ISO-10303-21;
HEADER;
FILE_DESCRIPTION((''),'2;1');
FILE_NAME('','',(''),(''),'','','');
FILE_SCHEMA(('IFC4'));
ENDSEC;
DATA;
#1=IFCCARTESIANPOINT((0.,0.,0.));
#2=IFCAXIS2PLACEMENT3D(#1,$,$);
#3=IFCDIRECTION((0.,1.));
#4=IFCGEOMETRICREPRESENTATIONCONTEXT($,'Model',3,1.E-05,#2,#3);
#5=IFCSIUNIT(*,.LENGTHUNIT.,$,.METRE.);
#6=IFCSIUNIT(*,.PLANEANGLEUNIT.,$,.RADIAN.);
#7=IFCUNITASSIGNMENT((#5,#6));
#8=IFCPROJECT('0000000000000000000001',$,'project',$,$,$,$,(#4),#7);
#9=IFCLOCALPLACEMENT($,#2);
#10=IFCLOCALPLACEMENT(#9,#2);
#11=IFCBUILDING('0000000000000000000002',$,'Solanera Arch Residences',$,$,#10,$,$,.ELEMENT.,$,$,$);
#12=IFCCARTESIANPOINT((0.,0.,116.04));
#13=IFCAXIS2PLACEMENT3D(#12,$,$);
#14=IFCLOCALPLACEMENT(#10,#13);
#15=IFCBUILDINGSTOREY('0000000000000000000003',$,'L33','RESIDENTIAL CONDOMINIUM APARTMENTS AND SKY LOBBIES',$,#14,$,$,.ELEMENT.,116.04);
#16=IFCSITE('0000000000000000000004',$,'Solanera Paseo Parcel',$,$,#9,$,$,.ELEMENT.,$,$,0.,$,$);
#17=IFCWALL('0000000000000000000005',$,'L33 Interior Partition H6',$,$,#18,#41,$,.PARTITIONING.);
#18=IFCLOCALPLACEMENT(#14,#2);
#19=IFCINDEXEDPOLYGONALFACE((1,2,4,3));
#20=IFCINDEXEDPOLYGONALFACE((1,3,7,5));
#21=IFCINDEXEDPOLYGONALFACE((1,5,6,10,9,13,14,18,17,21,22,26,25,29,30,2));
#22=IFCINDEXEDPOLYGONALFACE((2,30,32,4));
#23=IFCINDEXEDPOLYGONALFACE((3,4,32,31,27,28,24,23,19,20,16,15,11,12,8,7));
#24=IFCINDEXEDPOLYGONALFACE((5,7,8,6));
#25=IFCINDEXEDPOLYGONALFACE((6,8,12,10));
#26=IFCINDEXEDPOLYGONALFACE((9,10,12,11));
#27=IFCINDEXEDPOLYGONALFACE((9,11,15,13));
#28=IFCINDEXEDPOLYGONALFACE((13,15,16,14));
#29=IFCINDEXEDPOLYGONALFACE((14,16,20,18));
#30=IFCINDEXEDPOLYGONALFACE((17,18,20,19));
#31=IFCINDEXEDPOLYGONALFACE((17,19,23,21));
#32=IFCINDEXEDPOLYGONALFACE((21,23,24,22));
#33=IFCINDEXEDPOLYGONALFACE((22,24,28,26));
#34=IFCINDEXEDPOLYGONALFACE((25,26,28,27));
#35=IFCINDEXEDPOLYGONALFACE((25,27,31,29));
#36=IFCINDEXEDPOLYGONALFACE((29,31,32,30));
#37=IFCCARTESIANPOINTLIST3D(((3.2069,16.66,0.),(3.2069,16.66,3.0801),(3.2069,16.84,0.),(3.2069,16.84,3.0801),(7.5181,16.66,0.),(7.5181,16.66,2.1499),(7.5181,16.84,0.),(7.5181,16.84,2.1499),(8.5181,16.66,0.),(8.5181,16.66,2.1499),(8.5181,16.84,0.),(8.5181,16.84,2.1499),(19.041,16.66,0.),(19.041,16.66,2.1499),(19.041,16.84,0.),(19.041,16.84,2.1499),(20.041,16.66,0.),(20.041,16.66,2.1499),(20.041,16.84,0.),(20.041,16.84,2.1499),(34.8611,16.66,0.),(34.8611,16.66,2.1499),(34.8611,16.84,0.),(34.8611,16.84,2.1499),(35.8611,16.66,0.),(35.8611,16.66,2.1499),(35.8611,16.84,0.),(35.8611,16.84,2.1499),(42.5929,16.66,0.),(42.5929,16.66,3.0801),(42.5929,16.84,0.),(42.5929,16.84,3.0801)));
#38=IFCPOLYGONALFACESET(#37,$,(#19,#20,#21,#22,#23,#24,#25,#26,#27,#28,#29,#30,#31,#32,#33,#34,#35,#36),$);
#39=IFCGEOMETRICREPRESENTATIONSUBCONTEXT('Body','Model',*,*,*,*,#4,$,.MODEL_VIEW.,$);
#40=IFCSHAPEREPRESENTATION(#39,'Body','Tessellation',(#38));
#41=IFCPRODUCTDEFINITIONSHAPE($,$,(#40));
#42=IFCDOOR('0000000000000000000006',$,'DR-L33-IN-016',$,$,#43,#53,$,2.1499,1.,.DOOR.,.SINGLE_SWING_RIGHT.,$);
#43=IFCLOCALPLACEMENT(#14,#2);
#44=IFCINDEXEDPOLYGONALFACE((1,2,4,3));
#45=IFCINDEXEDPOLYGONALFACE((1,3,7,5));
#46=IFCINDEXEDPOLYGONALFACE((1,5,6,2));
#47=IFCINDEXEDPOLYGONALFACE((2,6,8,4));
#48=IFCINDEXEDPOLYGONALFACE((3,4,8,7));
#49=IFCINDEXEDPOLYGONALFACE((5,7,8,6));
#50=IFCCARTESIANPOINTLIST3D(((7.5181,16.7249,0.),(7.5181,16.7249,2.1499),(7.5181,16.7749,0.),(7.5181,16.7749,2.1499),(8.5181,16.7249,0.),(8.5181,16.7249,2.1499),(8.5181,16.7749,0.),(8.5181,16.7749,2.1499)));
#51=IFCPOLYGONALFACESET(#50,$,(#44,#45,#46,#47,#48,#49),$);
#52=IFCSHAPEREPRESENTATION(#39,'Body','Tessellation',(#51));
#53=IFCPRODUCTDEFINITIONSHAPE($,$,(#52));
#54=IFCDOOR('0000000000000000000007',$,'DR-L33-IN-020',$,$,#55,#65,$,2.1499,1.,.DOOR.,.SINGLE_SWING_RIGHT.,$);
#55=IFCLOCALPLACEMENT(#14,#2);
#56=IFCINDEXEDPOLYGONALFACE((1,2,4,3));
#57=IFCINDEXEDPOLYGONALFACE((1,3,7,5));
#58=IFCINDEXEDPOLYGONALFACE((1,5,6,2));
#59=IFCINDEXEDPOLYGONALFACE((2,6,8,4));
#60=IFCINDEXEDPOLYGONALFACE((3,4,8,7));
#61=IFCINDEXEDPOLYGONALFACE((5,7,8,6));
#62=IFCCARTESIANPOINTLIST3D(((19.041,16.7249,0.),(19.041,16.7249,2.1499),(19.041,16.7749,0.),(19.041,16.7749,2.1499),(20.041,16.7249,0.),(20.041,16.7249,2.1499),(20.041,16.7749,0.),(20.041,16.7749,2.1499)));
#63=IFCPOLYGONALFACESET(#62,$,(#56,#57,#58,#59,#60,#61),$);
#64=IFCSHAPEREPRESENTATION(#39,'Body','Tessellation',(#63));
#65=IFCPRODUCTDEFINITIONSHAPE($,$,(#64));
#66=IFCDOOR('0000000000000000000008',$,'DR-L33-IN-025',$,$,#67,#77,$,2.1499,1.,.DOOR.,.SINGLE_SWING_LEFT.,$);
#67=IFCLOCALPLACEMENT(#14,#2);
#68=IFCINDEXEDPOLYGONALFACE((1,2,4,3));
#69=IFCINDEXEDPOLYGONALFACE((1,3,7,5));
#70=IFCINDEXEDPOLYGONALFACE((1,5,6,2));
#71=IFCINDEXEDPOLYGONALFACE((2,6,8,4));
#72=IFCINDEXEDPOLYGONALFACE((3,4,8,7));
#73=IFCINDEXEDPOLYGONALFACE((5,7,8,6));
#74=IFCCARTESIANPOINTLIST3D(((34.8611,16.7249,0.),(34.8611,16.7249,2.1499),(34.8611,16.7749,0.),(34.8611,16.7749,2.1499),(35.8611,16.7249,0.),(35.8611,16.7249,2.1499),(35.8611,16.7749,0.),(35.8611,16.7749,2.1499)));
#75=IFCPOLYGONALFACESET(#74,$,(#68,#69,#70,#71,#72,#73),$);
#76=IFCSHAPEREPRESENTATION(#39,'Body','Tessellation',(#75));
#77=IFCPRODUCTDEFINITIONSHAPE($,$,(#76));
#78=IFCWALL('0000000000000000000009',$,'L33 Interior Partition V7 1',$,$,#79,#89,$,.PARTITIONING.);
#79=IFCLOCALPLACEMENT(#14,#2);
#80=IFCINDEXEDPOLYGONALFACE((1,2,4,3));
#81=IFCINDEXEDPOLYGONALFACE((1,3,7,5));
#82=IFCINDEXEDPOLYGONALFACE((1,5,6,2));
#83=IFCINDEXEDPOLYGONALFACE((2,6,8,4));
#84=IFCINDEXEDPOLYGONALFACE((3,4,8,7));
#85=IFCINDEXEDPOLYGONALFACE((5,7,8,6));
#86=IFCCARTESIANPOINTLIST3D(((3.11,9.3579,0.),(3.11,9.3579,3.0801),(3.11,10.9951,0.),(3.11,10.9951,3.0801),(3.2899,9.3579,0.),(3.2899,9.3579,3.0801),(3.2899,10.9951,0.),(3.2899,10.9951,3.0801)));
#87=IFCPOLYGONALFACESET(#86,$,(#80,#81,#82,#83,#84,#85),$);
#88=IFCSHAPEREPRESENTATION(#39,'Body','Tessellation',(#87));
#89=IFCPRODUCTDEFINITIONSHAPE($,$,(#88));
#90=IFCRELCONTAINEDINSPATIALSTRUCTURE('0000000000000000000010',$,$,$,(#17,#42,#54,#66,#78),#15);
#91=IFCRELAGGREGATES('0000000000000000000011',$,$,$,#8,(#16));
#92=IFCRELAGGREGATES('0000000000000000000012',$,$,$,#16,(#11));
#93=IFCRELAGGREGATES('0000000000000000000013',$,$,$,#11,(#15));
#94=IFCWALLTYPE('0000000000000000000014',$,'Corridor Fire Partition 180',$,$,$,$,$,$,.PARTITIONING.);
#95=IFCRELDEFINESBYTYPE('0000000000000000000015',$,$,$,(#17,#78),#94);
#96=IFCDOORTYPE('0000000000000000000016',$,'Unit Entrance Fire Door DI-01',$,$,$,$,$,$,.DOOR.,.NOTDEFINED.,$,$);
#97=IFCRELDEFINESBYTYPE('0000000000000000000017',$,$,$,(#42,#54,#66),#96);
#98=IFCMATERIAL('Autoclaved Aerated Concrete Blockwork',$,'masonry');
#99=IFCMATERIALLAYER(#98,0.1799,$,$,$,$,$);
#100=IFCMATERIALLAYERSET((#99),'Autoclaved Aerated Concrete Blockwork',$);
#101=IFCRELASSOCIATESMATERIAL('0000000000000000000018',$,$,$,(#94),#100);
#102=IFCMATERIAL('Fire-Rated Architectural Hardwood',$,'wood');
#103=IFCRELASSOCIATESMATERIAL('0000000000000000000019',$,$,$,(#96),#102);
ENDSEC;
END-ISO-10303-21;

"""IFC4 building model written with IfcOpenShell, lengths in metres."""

from ifc_helpers import new_model, si_unit, direction, frame, frame_2d, origin, place, context, subcontext, project, spatial, rectangle, extrude, material, layer, layer_set, type_object, element, fill, save


model = new_model("IFC4")

# Units and contexts
model_context = context("Model", 3, precision=1e-05, world=origin(), true_north=direction((0.0, 1.0)))
body_context = subcontext(model_context, "Body", "Model", "MODEL_VIEW")
ifc_project = project(units=[si_unit("LENGTHUNIT", "METRE"), si_unit("PLANEANGLEUNIT", "RADIAN")], contexts=[model_context])

# Site, building, storey
site_placement = place(None, origin())
site = spatial("IfcSite", under=ifc_project, at=site_placement, Name="Solanera Paseo Parcel", CompositionType="ELEMENT", RefElevation=0.0)
building_placement = place(site_placement, origin())
building = spatial("IfcBuilding", under=site, at=building_placement, Name="Solanera Arch Residences", CompositionType="ELEMENT")
storey_placement = place(building_placement, frame((0.0, 0.0, 116.04)))
storey = spatial("IfcBuildingStorey", under=building, at=storey_placement, Name="L33", Description="RESIDENTIAL CONDOMINIUM APARTMENTS AND SKY LOBBIES", CompositionType="ELEMENT", Elevation=116.04)

# Wall, openings, doors
ifc_material_1 = material(Name="Autoclaved Aerated Concrete Blockwork", Category="masonry")
ifc_layer_1 = layer(ifc_material_1, 0.1799)
ifc_layer_set_1 = layer_set([ifc_layer_1], Name="Autoclaved Aerated Concrete Blockwork")
wall_type_1 = type_object("IfcWallType", Name="Corridor Fire Partition 180", PredefinedType="PARTITIONING", material=ifc_layer_set_1)
wall_1_placement = place(storey_placement, frame((3.207, 16.75, 0.0), z_axis=(0.0, 0.0, 1.0), x_axis=(1.0, 0.0, 0.0)))
wall_1 = element("IfcWall", 1, at=wall_1_placement, inside=storey, type_object=wall_type_1, Name="L33 Interior Partition H6", PredefinedType="PARTITIONING", context=body_context, shape_type="SweptSolid", body=[
    extrude(rectangle(XDim=39.386, YDim=0.1799, at=frame_2d((19.6929, 0.0))), origin(), (0.0, 0.0, 1.0), 3.0801),
])
opening_1_placement = place(wall_1_placement, frame((4.311, 0.0, 0.0)))
opening_1 = element("IfcOpeningElement", 2, at=opening_1_placement, cuts=wall_1, PredefinedType="OPENING", context=body_context, shape_type="SweptSolid", body=[
    extrude(rectangle(XDim=1.0, YDim=2.1499, at=frame_2d((0.5, 1.075))), frame((0.0, 0.1001, 0.0), z_axis=(0.0, -1.0, 0.0), x_axis=(1.0, 0.0, 0.0)), (0.0, 0.0, 1.0), 0.1999),
])
opening_2_placement = place(wall_1_placement, frame((15.834, 0.0, 0.0)))
opening_2 = element("IfcOpeningElement", 3, at=opening_2_placement, cuts=wall_1, PredefinedType="OPENING", context=body_context, shape_type="SweptSolid", body=[
    extrude(rectangle(XDim=1.0, YDim=2.1499, at=frame_2d((0.5, 1.075))), frame((0.0, 0.1001, 0.0), z_axis=(0.0, -1.0, 0.0), x_axis=(1.0, 0.0, 0.0)), (0.0, 0.0, 1.0), 0.1999),
])
opening_3_placement = place(wall_1_placement, frame((31.6541, 0.0, 0.0)))
opening_3 = element("IfcOpeningElement", 4, at=opening_3_placement, cuts=wall_1, PredefinedType="OPENING", context=body_context, shape_type="SweptSolid", body=[
    extrude(rectangle(XDim=1.0, YDim=2.1499, at=frame_2d((0.5, 1.075))), frame((0.0, 0.1001, 0.0), z_axis=(0.0, -1.0, 0.0), x_axis=(1.0, 0.0, 0.0)), (0.0, 0.0, 1.0), 0.1999),
])
ifc_material_2 = material(Name="Fire-Rated Architectural Hardwood", Category="wood")
door_type_1 = type_object("IfcDoorType", Name="Unit Entrance Fire Door DI-01", OperationType="NOTDEFINED", PredefinedType="DOOR", material=ifc_material_2)
door_1_placement = place(opening_1_placement, origin())
door_1 = element("IfcDoor", 5, at=door_1_placement, inside=storey, type_object=door_type_1, Name="DR-L33-IN-016", OperationType="SINGLE_SWING_RIGHT", OverallHeight=2.1499, OverallWidth=1.0, PredefinedType="DOOR", context=body_context, shape_type="SweptSolid", body=[
    extrude(rectangle(XDim=1.0, YDim=2.1499, at=frame_2d((0.5, 1.075))), frame((0.0, 0.0249, 0.0), z_axis=(0.0, -1.0, 0.0), x_axis=(1.0, 0.0, 0.0)), (0.0, 0.0, 1.0), 0.05),
])
fill(opening_1, door_1)
door_2_placement = place(opening_2_placement, origin())
door_2 = element("IfcDoor", 6, at=door_2_placement, inside=storey, type_object=door_type_1, Name="DR-L33-IN-020", OperationType="SINGLE_SWING_RIGHT", OverallHeight=2.1499, OverallWidth=1.0, PredefinedType="DOOR", context=body_context, shape_type="SweptSolid", body=[
    extrude(rectangle(XDim=1.0, YDim=2.1499, at=frame_2d((0.5, 1.075))), frame((0.0, 0.0249, 0.0), z_axis=(0.0, -1.0, 0.0), x_axis=(1.0, 0.0, 0.0)), (0.0, 0.0, 1.0), 0.05),
])
fill(opening_2, door_2)
door_3_placement = place(opening_3_placement, origin())
door_3 = element("IfcDoor", 7, at=door_3_placement, inside=storey, type_object=door_type_1, Name="DR-L33-IN-025", OperationType="SINGLE_SWING_LEFT", OverallHeight=2.1499, OverallWidth=1.0, PredefinedType="DOOR", context=body_context, shape_type="SweptSolid", body=[
    extrude(rectangle(XDim=1.0, YDim=2.1499, at=frame_2d((0.5, 1.075))), frame((0.0, 0.0249, 0.0), z_axis=(0.0, -1.0, 0.0), x_axis=(1.0, 0.0, 0.0)), (0.0, 0.0, 1.0), 0.05),
])
fill(opening_3, door_3)

# Wall
wall_2_placement = place(storey_placement, frame((3.2, 9.3579, 0.0), z_axis=(0.0, 0.0, 1.0), x_axis=(0.0, 1.0, 0.0)))
element("IfcWall", 8, at=wall_2_placement, inside=storey, type_object=wall_type_1, Name="L33 Interior Partition V7 1", PredefinedType="PARTITIONING", context=body_context, shape_type="SweptSolid", body=[
    extrude(rectangle(XDim=1.6372, YDim=0.1799, at=frame_2d((0.8186, 0.0))), origin(), (0.0, 0.0, 1.0), 3.0801),
])

save(model, "model.ifc")
